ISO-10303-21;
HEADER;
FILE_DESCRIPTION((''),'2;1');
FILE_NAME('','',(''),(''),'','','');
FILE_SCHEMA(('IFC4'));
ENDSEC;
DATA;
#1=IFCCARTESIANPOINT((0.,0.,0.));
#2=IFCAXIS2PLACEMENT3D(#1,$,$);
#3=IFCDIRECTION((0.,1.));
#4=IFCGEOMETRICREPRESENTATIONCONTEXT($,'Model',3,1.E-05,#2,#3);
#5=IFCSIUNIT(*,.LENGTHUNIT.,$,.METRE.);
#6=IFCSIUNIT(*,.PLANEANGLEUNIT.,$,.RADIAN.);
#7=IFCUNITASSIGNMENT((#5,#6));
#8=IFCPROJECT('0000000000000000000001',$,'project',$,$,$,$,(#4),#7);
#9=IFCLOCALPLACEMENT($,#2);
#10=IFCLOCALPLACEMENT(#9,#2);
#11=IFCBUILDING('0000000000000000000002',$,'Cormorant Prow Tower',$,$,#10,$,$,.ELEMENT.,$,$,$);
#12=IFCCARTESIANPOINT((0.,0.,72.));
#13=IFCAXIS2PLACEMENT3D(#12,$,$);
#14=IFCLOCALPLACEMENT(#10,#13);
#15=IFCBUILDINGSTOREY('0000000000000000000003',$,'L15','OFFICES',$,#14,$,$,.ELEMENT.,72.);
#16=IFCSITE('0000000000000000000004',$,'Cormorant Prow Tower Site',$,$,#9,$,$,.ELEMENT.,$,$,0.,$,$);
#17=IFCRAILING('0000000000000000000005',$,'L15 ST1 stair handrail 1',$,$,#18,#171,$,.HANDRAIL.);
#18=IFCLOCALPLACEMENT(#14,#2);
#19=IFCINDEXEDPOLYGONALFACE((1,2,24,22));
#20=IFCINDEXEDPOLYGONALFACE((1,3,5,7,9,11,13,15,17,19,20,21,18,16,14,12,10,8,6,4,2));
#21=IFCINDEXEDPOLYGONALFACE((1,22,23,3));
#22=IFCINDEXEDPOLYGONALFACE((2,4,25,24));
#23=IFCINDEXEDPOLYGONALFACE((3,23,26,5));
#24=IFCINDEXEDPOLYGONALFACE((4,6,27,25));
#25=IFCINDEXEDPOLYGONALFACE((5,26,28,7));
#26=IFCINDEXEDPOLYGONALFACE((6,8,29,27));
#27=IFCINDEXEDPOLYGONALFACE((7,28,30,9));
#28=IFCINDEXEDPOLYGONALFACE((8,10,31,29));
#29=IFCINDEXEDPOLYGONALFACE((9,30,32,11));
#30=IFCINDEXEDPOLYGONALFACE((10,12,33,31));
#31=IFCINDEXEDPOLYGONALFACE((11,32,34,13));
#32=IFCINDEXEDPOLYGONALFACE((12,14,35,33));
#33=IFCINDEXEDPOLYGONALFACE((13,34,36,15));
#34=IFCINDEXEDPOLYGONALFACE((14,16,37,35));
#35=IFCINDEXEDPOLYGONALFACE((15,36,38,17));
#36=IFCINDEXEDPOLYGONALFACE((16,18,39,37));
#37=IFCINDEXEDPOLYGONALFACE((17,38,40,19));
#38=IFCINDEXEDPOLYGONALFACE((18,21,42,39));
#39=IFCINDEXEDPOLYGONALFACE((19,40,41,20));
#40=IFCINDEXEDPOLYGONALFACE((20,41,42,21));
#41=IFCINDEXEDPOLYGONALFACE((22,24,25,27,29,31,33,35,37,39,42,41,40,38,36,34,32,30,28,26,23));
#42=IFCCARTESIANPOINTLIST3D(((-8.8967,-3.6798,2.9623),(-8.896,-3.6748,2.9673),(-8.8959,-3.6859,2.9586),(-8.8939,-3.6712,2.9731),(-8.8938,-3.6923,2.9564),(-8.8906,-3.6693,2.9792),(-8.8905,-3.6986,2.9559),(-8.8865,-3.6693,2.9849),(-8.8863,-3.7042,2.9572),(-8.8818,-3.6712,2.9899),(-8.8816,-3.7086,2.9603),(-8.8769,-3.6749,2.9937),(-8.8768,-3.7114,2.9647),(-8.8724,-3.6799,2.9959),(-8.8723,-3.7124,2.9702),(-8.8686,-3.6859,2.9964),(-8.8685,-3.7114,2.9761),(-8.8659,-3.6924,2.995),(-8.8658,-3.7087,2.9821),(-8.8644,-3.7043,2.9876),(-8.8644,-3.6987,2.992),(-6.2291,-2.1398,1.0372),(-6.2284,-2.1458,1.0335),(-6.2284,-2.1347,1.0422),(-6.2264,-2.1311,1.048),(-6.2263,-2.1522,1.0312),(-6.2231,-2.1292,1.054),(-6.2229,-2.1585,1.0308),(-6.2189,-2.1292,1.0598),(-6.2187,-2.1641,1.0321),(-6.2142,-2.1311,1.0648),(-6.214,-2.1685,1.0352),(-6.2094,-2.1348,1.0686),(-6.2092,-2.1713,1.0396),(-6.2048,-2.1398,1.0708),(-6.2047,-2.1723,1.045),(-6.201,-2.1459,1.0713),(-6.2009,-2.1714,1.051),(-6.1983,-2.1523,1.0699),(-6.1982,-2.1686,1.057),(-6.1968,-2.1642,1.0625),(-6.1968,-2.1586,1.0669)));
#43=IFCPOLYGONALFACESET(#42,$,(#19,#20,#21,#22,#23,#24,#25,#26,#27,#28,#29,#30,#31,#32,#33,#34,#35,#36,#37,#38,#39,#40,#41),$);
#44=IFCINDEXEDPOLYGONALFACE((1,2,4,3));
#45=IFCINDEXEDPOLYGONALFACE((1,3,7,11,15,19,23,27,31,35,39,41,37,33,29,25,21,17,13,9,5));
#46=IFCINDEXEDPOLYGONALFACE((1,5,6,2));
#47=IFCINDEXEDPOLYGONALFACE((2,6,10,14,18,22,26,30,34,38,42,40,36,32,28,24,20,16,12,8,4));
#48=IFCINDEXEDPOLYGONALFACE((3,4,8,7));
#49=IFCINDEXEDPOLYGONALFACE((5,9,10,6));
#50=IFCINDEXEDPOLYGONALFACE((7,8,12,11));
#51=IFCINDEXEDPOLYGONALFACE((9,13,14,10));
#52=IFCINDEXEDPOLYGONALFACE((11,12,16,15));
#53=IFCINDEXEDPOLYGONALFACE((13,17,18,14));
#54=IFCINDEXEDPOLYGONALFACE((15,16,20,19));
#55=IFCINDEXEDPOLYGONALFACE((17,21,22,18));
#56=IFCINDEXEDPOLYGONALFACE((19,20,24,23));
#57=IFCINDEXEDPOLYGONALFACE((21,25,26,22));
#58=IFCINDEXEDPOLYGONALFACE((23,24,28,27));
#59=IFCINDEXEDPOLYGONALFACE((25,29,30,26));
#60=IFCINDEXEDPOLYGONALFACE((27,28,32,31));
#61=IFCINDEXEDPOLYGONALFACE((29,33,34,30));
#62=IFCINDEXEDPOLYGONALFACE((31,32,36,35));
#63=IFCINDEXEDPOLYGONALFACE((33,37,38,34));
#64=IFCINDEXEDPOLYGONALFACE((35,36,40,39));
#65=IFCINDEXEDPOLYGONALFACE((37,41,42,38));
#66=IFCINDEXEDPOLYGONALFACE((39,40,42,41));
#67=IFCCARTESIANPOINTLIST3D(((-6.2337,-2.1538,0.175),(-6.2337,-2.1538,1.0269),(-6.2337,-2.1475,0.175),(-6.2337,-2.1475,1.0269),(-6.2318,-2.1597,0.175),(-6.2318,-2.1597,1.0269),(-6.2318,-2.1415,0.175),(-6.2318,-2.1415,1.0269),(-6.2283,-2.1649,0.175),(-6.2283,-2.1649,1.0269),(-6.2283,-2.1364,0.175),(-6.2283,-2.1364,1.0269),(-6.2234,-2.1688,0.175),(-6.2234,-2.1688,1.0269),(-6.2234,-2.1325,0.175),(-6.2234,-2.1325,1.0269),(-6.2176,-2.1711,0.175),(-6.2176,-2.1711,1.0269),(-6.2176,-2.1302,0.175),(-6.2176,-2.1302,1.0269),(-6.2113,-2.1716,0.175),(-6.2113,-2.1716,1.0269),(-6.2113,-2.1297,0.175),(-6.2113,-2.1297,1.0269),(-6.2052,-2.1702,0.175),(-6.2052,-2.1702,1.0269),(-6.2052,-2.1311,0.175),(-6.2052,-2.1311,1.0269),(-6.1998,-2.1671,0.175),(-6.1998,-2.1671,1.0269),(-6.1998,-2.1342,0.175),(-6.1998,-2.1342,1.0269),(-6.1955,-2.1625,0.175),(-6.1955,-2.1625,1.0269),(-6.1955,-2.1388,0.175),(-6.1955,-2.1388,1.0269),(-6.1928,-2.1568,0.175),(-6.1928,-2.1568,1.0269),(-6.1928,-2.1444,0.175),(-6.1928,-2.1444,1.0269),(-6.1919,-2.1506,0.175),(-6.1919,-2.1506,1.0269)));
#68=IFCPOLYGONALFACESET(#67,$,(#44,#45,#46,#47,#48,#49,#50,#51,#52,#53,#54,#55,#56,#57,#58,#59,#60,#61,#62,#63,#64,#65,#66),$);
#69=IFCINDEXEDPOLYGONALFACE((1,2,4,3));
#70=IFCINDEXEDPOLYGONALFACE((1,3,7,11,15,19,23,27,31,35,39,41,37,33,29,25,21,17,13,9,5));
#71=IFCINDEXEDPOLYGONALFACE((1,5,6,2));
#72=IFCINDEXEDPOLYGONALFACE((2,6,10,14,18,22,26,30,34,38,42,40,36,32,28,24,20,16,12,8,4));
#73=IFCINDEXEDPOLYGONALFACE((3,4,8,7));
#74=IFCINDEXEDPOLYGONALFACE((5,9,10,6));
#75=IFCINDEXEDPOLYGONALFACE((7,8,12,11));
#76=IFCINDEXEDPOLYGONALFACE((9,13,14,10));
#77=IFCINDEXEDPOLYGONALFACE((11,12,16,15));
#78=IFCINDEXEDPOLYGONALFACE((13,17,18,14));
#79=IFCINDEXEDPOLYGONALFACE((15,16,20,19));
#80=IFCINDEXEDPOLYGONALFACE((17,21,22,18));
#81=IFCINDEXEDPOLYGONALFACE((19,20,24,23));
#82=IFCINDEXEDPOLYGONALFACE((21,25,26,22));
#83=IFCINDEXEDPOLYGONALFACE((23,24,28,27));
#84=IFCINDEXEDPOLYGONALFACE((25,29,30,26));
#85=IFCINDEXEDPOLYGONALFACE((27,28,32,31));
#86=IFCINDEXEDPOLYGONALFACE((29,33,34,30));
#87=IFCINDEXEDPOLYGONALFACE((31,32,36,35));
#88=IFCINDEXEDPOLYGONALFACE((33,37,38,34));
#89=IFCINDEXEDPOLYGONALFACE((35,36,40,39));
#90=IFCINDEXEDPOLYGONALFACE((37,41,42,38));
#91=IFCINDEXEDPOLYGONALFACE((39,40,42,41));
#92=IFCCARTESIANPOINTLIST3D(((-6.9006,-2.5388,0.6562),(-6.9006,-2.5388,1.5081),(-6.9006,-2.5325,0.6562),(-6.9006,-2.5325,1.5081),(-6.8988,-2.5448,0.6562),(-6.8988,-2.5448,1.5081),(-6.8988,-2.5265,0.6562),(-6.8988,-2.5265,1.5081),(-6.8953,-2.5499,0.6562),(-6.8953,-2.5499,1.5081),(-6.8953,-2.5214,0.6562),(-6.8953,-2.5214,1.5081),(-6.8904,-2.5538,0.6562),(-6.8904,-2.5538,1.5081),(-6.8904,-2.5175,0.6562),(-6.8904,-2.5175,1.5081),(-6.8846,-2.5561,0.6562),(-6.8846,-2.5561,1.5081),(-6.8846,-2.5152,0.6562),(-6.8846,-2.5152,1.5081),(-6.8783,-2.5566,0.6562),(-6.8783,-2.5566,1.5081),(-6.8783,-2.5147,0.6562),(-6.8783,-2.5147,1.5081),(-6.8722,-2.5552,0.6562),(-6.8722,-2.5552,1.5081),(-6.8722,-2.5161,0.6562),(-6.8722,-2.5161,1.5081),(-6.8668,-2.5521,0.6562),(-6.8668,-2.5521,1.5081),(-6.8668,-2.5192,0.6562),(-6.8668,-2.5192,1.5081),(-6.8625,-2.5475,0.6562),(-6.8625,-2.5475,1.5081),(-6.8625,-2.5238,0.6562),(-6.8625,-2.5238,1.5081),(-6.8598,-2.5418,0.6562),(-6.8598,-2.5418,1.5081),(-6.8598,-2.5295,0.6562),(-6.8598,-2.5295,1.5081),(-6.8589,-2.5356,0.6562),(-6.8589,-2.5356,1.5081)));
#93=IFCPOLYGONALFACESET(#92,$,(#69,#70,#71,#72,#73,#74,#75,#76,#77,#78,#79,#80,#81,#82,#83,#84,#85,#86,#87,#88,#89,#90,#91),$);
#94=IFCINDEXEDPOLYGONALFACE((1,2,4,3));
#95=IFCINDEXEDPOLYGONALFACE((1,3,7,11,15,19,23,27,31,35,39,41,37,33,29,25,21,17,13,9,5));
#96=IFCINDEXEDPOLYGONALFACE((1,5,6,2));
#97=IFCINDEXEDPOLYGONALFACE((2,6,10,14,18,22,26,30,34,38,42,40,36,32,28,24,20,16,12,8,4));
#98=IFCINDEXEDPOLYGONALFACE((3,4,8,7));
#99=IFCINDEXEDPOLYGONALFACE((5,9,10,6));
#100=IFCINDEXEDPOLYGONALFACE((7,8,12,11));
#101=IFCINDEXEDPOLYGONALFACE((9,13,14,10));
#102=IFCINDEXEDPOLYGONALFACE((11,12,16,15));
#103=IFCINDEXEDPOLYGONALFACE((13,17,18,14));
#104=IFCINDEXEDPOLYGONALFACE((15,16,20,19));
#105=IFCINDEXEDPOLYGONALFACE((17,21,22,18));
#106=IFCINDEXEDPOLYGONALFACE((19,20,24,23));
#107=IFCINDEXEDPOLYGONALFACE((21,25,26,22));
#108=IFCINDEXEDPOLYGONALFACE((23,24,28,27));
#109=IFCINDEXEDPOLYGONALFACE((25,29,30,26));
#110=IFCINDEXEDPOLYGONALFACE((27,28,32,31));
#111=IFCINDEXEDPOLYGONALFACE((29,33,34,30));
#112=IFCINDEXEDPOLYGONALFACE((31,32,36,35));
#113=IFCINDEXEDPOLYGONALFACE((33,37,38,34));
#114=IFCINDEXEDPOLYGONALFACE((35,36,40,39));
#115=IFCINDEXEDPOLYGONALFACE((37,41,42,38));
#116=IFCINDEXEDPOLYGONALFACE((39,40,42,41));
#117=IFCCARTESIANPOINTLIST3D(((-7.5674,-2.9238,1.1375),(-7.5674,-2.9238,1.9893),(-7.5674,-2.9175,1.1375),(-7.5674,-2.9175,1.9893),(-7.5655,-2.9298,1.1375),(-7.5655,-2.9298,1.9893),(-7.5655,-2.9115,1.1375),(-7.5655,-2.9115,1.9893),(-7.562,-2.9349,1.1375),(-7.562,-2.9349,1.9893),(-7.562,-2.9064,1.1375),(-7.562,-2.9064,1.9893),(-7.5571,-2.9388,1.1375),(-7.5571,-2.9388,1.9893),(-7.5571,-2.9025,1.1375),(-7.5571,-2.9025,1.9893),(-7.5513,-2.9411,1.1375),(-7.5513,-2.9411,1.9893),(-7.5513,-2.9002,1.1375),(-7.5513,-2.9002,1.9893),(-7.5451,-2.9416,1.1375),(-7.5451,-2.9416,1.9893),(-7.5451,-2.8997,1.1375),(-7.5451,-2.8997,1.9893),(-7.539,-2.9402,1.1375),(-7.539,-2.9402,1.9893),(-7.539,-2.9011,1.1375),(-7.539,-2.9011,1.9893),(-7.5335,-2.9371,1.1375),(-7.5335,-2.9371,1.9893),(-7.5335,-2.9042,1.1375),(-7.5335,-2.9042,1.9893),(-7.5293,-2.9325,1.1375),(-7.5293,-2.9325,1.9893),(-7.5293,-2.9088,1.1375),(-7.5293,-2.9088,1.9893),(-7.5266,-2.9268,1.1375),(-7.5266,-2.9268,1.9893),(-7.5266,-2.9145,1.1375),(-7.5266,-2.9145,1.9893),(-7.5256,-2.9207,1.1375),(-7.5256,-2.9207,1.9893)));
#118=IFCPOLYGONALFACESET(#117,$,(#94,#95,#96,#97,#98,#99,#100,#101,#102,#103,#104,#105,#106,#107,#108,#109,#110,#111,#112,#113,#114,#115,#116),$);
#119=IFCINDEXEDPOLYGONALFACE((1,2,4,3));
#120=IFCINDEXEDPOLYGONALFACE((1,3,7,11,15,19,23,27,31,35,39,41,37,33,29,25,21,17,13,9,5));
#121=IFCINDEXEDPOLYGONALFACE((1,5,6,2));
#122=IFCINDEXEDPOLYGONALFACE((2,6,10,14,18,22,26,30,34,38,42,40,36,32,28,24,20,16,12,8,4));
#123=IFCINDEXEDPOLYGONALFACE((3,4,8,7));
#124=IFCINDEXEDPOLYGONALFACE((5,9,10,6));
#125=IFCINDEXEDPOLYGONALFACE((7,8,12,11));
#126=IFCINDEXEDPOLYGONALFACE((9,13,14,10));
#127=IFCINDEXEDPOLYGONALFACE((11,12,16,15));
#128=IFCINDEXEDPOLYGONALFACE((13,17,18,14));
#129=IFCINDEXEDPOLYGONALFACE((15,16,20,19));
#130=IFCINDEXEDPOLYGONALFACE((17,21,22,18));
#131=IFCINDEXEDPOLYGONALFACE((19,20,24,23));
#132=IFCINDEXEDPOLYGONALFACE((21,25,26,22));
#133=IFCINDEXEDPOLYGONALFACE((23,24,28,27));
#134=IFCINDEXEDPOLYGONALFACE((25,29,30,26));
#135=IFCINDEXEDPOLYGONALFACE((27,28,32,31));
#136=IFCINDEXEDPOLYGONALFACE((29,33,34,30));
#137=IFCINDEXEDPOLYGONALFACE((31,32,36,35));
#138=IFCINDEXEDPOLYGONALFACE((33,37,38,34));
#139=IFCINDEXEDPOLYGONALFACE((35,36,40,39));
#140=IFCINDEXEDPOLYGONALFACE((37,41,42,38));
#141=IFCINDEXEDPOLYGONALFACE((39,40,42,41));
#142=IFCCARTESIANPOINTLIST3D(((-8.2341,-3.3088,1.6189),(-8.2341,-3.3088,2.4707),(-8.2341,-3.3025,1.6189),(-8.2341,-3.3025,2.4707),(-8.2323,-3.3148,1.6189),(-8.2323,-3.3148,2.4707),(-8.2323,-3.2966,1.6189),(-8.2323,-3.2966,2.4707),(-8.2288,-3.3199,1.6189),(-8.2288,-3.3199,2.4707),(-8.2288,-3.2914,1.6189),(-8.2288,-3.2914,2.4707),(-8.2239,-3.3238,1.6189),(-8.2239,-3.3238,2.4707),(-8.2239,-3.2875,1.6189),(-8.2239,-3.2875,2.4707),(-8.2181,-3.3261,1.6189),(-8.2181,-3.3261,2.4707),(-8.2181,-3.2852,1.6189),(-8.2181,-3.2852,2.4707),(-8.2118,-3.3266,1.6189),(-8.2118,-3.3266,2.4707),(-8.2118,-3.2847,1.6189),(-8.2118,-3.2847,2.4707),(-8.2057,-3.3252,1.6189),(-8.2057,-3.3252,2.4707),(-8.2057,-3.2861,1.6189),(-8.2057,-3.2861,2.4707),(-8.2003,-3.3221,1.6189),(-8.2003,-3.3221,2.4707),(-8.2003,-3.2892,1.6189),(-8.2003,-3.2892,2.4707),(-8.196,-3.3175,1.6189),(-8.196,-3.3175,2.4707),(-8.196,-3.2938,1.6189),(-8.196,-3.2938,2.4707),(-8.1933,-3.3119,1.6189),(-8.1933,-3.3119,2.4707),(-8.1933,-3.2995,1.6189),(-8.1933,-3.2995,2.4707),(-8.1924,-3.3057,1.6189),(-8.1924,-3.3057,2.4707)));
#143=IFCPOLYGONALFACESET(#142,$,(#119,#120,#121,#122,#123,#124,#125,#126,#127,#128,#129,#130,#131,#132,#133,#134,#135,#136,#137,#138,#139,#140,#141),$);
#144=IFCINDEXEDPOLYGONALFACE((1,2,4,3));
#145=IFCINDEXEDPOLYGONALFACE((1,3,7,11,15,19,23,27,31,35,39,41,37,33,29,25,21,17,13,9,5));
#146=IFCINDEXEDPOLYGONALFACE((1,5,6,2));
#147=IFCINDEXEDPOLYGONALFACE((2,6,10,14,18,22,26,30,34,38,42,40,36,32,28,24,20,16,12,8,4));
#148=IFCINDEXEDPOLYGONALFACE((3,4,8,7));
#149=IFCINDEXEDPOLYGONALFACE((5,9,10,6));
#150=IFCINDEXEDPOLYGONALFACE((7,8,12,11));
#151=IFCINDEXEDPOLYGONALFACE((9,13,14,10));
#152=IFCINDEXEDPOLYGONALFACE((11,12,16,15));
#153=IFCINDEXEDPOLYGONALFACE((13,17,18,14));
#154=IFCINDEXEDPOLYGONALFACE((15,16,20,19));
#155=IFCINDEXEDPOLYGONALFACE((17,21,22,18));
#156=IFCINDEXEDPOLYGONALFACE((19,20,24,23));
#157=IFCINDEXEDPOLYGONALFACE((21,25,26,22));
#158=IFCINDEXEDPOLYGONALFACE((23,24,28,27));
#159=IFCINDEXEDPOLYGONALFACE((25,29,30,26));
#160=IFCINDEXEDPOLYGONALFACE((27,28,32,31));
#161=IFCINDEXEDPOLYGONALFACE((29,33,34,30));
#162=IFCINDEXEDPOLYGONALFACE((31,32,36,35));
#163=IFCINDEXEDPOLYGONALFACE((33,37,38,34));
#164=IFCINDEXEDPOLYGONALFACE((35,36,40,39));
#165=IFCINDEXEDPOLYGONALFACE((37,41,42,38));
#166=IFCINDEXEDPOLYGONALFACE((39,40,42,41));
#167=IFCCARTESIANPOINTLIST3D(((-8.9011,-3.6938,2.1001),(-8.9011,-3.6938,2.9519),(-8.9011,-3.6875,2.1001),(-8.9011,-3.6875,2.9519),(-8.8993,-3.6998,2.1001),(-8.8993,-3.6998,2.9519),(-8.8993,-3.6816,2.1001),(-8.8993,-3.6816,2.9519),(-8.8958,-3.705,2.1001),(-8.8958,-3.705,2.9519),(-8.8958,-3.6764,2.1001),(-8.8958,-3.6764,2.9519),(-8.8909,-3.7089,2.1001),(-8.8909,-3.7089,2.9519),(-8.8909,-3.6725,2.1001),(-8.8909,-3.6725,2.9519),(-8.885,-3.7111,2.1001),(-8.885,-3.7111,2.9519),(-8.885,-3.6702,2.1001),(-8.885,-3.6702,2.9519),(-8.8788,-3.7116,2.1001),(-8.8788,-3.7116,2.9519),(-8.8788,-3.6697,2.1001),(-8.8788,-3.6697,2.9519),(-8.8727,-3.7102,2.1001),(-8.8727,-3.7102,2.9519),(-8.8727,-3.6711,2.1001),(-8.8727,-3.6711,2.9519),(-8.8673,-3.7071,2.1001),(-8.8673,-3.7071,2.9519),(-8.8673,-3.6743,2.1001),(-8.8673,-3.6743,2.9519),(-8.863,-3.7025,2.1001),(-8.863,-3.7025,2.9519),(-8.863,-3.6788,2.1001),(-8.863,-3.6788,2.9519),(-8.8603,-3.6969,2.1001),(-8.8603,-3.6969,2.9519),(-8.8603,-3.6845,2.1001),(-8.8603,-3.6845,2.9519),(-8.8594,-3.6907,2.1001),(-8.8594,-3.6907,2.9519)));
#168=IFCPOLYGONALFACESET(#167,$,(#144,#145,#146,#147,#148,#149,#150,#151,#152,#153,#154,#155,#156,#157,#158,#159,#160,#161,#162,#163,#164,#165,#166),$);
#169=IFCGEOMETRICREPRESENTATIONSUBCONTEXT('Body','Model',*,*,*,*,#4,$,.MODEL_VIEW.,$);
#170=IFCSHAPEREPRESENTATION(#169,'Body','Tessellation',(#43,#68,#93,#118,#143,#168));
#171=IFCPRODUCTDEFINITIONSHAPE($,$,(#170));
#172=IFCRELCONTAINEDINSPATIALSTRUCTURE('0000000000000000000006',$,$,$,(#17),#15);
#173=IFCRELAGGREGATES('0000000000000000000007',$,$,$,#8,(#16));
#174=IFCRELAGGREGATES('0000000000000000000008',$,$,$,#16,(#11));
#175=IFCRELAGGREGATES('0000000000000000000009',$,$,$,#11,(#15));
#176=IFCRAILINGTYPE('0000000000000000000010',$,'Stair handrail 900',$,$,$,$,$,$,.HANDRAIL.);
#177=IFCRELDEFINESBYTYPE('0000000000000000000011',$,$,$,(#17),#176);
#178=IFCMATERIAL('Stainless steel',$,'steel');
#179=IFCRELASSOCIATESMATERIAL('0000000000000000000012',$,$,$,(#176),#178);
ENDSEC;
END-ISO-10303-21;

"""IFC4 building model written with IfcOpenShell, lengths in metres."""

from ifc_helpers import new_model, si_unit, direction, frame, origin, origin_2d, place, context, subcontext, project, spatial, circle, extrude, material, type_object, element, save


model = new_model("IFC4")

# Units and contexts
model_context = context("Model", 3, precision=1e-05, world=origin(), true_north=direction((0.0, 1.0)))
body_context = subcontext(model_context, "Body", "Model", "MODEL_VIEW")
ifc_project = project(units=[si_unit("LENGTHUNIT", "METRE"), si_unit("PLANEANGLEUNIT", "RADIAN")], contexts=[model_context])

# Site, building, storey
site_placement = place(None, origin())
site = spatial("IfcSite", under=ifc_project, at=site_placement, Name="Cormorant Prow Tower Site", CompositionType="ELEMENT", RefElevation=0.0)
building_placement = place(site_placement, origin())
building = spatial("IfcBuilding", under=site, at=building_placement, Name="Cormorant Prow Tower", CompositionType="ELEMENT")
storey_placement = place(building_placement, frame((0.0, 0.0, 72.0)))
storey = spatial("IfcBuildingStorey", under=building, at=storey_placement, Name="L15", Description="OFFICES", CompositionType="ELEMENT", Elevation=72.0)

# Railing
ifc_material_1 = material(Name="Stainless steel", Category="steel")
railing_type_1 = type_object("IfcRailingType", Name="Stair handrail 900", PredefinedType="HANDRAIL", material=ifc_material_1)
railing_1_placement = place(storey_placement, frame((-6.2129, -2.1506, 0.175)))
element("IfcRailing", 1, at=railing_1_placement, inside=storey, type_object=railing_type_1, Name="L15 ST1 stair handrail 1", PredefinedType="HANDRAIL", context=body_context, shape_type="SweptSolid", body=[
    extrude(circle(Radius=0.0239, at=origin_2d()), frame((0.0, 0.0, 0.876), z_axis=(-0.734395, -0.423994, 0.529993), x_axis=(0.499992, -0.86603, 0.0)), (0.0, 0.0, 1.0), 3.6323),
    extrude(circle(Radius=0.021, at=origin_2d()), origin(), (0.0, 0.0, 1.0), 0.8518),
    extrude(circle(Radius=0.021, at=origin_2d()), frame((-0.667, -0.385, 0.4812)), (0.0, 0.0, 1.0), 0.8518),
    extrude(circle(Radius=0.021, at=origin_2d()), frame((-1.3337, -0.77, 0.9624)), (0.0, 0.0, 1.0), 0.8518),
    extrude(circle(Radius=0.021, at=origin_2d()), frame((-2.0005, -1.155, 1.4438)), (0.0, 0.0, 1.0), 0.8518),
    extrude(circle(Radius=0.021, at=origin_2d()), frame((-2.6675, -1.54, 1.925)), (0.0, 0.0, 1.0), 0.8518),
])

save(model, "model.ifc")
